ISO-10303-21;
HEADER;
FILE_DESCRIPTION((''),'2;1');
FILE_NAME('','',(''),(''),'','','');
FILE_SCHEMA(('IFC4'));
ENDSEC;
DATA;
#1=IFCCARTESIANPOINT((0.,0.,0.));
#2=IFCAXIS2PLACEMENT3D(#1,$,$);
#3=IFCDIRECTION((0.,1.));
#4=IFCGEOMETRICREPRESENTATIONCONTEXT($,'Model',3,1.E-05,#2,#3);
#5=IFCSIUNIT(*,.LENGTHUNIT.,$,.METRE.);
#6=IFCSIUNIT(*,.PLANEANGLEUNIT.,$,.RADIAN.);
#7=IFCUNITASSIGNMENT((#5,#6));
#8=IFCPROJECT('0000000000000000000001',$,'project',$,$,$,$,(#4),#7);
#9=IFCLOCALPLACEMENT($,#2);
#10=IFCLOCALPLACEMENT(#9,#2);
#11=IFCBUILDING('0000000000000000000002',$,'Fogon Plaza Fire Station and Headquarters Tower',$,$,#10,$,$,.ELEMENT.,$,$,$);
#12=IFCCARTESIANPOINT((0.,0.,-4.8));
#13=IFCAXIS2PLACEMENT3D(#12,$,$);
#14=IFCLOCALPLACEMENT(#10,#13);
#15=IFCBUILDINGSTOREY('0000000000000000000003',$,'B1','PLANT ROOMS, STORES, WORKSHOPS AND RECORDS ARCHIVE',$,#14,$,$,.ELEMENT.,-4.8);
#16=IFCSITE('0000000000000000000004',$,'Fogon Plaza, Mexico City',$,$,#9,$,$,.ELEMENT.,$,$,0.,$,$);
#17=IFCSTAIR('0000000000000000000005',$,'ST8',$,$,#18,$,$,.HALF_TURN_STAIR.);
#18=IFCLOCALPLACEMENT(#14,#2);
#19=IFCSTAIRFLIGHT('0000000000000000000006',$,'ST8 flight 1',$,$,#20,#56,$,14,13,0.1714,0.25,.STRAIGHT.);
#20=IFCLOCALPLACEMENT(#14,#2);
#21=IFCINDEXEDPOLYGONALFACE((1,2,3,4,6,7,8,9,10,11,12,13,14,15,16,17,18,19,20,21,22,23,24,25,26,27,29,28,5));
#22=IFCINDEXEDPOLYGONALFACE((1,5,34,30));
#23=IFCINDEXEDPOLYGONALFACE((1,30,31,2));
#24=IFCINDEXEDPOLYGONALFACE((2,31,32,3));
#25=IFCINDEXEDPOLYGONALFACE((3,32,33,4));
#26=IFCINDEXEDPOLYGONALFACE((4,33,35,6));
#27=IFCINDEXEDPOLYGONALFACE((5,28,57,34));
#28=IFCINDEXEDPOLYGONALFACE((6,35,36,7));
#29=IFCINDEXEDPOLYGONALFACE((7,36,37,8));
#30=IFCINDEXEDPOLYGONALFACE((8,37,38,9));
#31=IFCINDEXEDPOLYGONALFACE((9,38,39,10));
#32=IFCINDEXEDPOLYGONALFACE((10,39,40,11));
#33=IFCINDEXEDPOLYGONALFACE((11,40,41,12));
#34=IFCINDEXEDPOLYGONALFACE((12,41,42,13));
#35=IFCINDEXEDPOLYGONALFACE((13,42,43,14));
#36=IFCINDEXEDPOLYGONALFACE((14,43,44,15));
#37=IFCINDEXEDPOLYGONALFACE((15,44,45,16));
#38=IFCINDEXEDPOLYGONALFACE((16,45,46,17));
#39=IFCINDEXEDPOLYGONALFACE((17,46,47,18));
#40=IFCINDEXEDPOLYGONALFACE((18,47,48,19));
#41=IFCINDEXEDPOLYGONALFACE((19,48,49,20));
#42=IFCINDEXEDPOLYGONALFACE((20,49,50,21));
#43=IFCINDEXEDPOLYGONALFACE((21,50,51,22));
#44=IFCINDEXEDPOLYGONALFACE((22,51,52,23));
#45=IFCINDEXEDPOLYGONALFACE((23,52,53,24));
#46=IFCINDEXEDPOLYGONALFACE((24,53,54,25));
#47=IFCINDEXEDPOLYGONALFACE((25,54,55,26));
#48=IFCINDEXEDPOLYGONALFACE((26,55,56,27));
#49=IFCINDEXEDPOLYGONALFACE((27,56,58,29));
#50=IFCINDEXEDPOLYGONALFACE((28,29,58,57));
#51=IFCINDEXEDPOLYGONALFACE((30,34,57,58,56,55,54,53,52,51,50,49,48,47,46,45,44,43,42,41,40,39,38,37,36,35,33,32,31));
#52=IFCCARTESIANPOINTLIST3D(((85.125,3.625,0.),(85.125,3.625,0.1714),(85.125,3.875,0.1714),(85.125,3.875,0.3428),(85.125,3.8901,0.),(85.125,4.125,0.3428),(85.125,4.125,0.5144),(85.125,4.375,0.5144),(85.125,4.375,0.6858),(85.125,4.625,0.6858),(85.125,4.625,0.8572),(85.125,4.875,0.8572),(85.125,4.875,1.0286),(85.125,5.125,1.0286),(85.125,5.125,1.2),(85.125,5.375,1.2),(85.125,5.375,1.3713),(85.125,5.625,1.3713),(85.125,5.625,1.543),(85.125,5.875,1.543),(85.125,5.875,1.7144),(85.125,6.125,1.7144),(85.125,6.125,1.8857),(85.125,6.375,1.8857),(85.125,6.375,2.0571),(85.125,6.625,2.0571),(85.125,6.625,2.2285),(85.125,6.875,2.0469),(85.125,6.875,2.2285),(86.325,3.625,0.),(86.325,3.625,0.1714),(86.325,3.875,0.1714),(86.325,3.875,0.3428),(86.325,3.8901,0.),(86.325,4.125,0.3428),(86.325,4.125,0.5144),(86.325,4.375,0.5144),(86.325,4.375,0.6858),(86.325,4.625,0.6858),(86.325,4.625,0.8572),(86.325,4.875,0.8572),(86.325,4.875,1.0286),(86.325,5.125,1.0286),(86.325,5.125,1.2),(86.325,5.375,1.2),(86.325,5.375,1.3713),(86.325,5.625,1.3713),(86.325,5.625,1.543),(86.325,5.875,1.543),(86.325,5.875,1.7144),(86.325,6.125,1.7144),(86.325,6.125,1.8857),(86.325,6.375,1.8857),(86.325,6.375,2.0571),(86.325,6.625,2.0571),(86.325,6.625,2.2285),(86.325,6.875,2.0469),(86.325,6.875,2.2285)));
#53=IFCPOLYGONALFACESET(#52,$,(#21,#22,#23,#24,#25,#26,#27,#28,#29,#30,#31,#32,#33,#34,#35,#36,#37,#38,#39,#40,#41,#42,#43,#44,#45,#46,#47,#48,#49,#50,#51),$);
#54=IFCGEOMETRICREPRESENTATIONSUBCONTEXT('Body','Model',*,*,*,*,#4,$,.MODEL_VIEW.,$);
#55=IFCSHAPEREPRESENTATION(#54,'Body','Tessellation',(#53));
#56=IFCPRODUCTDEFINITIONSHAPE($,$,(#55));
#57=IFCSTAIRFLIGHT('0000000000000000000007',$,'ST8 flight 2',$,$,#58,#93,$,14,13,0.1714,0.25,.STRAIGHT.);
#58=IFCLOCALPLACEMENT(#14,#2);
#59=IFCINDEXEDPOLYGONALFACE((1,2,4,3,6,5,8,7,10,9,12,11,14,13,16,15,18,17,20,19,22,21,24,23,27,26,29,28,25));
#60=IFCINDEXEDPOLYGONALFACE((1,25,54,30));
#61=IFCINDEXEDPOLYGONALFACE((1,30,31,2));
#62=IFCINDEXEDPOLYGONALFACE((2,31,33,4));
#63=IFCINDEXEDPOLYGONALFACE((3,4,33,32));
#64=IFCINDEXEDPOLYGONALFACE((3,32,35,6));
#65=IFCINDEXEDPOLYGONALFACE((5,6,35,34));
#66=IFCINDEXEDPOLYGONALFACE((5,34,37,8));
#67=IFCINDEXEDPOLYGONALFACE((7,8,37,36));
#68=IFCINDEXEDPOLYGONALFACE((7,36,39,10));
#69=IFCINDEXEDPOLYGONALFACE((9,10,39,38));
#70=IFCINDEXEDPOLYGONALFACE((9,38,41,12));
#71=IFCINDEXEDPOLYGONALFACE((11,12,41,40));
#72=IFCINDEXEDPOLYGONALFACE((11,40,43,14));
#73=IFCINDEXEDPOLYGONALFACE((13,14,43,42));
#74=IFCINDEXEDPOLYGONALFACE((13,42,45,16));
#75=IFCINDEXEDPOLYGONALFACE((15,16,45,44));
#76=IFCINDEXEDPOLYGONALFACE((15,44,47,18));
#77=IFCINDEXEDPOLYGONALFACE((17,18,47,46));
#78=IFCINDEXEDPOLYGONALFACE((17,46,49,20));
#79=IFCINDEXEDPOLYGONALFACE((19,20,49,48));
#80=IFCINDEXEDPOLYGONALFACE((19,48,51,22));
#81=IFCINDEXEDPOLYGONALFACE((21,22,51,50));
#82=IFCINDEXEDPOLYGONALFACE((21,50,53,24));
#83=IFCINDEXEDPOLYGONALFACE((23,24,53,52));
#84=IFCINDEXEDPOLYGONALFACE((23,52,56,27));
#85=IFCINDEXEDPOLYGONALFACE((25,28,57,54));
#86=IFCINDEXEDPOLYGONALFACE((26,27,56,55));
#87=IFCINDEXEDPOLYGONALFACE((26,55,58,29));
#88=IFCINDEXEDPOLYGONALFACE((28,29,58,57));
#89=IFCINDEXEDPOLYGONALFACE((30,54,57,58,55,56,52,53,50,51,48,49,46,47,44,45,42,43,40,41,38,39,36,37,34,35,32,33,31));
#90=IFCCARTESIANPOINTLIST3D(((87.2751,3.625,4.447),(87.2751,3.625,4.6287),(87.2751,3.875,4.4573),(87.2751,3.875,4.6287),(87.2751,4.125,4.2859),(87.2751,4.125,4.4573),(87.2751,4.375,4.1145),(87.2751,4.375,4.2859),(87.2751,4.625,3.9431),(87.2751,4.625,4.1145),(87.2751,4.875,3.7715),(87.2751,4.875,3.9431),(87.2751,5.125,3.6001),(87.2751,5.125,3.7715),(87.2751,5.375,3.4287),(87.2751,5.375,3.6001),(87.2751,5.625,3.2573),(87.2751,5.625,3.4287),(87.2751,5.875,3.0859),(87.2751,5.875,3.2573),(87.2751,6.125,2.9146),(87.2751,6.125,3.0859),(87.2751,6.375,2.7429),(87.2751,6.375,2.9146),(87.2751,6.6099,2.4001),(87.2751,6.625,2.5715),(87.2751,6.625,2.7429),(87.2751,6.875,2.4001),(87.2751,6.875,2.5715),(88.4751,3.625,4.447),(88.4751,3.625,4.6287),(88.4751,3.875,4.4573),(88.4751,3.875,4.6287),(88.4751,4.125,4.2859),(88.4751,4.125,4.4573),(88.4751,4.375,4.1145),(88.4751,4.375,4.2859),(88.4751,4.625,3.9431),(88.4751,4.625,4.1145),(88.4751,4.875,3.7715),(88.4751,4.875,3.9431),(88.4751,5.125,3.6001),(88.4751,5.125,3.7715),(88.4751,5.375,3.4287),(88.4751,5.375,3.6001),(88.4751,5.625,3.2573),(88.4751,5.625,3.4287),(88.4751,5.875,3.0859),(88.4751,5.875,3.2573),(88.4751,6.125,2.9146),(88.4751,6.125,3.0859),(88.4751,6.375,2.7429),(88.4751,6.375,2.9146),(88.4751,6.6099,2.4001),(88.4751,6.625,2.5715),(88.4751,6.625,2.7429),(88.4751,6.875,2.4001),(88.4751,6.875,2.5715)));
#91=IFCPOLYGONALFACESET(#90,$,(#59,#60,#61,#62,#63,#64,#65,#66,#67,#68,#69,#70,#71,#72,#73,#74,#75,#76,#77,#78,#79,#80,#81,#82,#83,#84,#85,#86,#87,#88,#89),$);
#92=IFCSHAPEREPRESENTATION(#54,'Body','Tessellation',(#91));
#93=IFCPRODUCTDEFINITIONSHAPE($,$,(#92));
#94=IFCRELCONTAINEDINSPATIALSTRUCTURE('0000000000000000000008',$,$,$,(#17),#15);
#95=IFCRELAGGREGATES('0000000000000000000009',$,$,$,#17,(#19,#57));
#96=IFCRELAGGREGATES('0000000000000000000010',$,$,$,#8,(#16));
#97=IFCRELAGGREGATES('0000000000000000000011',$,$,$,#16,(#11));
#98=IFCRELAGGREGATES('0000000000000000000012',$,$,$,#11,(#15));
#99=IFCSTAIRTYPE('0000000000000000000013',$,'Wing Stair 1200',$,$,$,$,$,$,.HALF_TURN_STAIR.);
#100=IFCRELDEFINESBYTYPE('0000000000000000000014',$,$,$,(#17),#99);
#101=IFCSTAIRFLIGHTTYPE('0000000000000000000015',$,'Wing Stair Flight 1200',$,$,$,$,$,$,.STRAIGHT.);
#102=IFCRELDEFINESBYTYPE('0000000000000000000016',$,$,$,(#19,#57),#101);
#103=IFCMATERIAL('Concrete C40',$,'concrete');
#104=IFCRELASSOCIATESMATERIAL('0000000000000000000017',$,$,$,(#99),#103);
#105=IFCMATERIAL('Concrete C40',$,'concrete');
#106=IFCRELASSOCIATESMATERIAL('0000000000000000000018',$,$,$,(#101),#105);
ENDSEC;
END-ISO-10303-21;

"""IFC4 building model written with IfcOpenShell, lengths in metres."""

from ifc_helpers import new_model, si_unit, direction, frame, origin, place, context, subcontext, project, spatial, polyline, outline, extrude, material, type_object, element, aggregate, save


model = new_model("IFC4")

# Units and contexts
model_context = context("Model", 3, precision=1e-05, world=origin(), true_north=direction((0.0, 1.0)))
body_context = subcontext(model_context, "Body", "Model", "MODEL_VIEW")
ifc_project = project(units=[si_unit("LENGTHUNIT", "METRE"), si_unit("PLANEANGLEUNIT", "RADIAN")], contexts=[model_context])

# Site, building, storey
site_placement = place(None, origin())
site = spatial("IfcSite", under=ifc_project, at=site_placement, Name="Fogon Plaza, Mexico City", CompositionType="ELEMENT", RefElevation=0.0)
building_placement = place(site_placement, origin())
building = spatial("IfcBuilding", under=site, at=building_placement, Name="Fogon Plaza Fire Station and Headquarters Tower", CompositionType="ELEMENT")
storey_placement = place(building_placement, frame((0.0, 0.0, -4.8)))
storey = spatial("IfcBuildingStorey", under=building, at=storey_placement, Name="B1", Description="PLANT ROOMS, STORES, WORKSHOPS AND RECORDS ARCHIVE", CompositionType="ELEMENT", Elevation=-4.8)

# Stair, stair flights
ifc_material_1 = material(Name="Concrete C40", Category="concrete")
stair_type = type_object("IfcStairType", Name="Wing Stair 1200", PredefinedType="HALF_TURN_STAIR", material=ifc_material_1)
stair_placement = place(storey_placement, origin())
stair = element("IfcStair", 1, at=stair_placement, inside=storey, type_object=stair_type, Name="ST8", PredefinedType="HALF_TURN_STAIR")
ifc_material_2 = material(Name="Concrete C40", Category="concrete")
stair_flight_type = type_object("IfcStairFlightType", Name="Wing Stair Flight 1200", PredefinedType="STRAIGHT", material=ifc_material_2)
stair_flight_1_placement = place(storey_placement, frame((85.7251, 3.625, 0.0), z_axis=(0.0, 0.0, 1.0), x_axis=(0.0, 1.0, 0.0)))
stair_flight_1 = element("IfcStairFlight", 2, at=stair_flight_1_placement, type_object=stair_flight_type, Name="ST8 flight 1", NumberOfRisers=14, NumberOfTreads=13, PredefinedType="STRAIGHT", RiserHeight=0.1714, TreadLength=0.25, context=body_context, shape_type="SweptSolid", body=[
    extrude(outline(polyline([(0.0, 0.0), (0.0, 0.1714), (0.25, 0.1714), (0.25, 0.3428), (0.5, 0.3428), (0.5, 0.5144), (0.75, 0.5144), (0.75, 0.6858), (1.0, 0.6858), (1.0, 0.8572), (1.25, 0.8572), (1.25, 1.0286), (1.5, 1.0286), (1.5, 1.2), (1.75, 1.2), (1.75, 1.3713), (2.0, 1.3713), (2.0, 1.543), (2.25, 1.543), (2.25, 1.7144), (2.5, 1.7144), (2.5, 1.8857), (2.75, 1.8857), (2.75, 2.0571), (3.0, 2.0571), (3.0, 2.2285), (3.25, 2.2285), (3.25, 2.3999), (3.25, 2.0469), (0.2651, 0.0), (0.0, 0.0)])), frame((0.0, 0.6001, 0.0), z_axis=(0.0, -1.0, 0.0), x_axis=(1.0, 0.0, 0.0)), (0.0, 0.0, 1.0), 1.2),
])
stair_flight_2_placement = place(storey_placement, frame((87.875, 6.875, 2.4001), z_axis=(0.0, 0.0, 1.0), x_axis=(0.0, -1.0, 0.0)))
stair_flight_2 = element("IfcStairFlight", 3, at=stair_flight_2_placement, type_object=stair_flight_type, Name="ST8 flight 2", NumberOfRisers=14, NumberOfTreads=13, PredefinedType="STRAIGHT", RiserHeight=0.1714, TreadLength=0.25, context=body_context, shape_type="SweptSolid", body=[
    extrude(outline(polyline([(0.0, 0.0), (0.0, 0.1714), (0.25, 0.1714), (0.25, 0.3428), (0.5, 0.3428), (0.5, 0.5144), (0.75, 0.5144), (0.75, 0.6858), (1.0, 0.6858), (1.0, 0.8572), (1.25, 0.8572), (1.25, 1.0286), (1.5, 1.0286), (1.5, 1.2), (1.75, 1.2), (1.75, 1.3713), (2.0, 1.3713), (2.0, 1.543), (2.25, 1.543), (2.25, 1.7144), (2.5, 1.7144), (2.5, 1.8857), (2.75, 1.8857), (2.75, 2.0571), (3.0, 2.0571), (3.0, 2.2285), (3.25, 2.2285), (3.25, 2.3999), (3.25, 2.0469), (0.2651, 0.0), (0.0, 0.0)])), frame((0.0, 0.6001, 0.0), z_axis=(0.0, -1.0, 0.0), x_axis=(1.0, 0.0, 0.0)), (0.0, 0.0, 1.0), 1.2),
])
aggregate(stair, [stair_flight_1, stair_flight_2])

save(model, "model.ifc")
